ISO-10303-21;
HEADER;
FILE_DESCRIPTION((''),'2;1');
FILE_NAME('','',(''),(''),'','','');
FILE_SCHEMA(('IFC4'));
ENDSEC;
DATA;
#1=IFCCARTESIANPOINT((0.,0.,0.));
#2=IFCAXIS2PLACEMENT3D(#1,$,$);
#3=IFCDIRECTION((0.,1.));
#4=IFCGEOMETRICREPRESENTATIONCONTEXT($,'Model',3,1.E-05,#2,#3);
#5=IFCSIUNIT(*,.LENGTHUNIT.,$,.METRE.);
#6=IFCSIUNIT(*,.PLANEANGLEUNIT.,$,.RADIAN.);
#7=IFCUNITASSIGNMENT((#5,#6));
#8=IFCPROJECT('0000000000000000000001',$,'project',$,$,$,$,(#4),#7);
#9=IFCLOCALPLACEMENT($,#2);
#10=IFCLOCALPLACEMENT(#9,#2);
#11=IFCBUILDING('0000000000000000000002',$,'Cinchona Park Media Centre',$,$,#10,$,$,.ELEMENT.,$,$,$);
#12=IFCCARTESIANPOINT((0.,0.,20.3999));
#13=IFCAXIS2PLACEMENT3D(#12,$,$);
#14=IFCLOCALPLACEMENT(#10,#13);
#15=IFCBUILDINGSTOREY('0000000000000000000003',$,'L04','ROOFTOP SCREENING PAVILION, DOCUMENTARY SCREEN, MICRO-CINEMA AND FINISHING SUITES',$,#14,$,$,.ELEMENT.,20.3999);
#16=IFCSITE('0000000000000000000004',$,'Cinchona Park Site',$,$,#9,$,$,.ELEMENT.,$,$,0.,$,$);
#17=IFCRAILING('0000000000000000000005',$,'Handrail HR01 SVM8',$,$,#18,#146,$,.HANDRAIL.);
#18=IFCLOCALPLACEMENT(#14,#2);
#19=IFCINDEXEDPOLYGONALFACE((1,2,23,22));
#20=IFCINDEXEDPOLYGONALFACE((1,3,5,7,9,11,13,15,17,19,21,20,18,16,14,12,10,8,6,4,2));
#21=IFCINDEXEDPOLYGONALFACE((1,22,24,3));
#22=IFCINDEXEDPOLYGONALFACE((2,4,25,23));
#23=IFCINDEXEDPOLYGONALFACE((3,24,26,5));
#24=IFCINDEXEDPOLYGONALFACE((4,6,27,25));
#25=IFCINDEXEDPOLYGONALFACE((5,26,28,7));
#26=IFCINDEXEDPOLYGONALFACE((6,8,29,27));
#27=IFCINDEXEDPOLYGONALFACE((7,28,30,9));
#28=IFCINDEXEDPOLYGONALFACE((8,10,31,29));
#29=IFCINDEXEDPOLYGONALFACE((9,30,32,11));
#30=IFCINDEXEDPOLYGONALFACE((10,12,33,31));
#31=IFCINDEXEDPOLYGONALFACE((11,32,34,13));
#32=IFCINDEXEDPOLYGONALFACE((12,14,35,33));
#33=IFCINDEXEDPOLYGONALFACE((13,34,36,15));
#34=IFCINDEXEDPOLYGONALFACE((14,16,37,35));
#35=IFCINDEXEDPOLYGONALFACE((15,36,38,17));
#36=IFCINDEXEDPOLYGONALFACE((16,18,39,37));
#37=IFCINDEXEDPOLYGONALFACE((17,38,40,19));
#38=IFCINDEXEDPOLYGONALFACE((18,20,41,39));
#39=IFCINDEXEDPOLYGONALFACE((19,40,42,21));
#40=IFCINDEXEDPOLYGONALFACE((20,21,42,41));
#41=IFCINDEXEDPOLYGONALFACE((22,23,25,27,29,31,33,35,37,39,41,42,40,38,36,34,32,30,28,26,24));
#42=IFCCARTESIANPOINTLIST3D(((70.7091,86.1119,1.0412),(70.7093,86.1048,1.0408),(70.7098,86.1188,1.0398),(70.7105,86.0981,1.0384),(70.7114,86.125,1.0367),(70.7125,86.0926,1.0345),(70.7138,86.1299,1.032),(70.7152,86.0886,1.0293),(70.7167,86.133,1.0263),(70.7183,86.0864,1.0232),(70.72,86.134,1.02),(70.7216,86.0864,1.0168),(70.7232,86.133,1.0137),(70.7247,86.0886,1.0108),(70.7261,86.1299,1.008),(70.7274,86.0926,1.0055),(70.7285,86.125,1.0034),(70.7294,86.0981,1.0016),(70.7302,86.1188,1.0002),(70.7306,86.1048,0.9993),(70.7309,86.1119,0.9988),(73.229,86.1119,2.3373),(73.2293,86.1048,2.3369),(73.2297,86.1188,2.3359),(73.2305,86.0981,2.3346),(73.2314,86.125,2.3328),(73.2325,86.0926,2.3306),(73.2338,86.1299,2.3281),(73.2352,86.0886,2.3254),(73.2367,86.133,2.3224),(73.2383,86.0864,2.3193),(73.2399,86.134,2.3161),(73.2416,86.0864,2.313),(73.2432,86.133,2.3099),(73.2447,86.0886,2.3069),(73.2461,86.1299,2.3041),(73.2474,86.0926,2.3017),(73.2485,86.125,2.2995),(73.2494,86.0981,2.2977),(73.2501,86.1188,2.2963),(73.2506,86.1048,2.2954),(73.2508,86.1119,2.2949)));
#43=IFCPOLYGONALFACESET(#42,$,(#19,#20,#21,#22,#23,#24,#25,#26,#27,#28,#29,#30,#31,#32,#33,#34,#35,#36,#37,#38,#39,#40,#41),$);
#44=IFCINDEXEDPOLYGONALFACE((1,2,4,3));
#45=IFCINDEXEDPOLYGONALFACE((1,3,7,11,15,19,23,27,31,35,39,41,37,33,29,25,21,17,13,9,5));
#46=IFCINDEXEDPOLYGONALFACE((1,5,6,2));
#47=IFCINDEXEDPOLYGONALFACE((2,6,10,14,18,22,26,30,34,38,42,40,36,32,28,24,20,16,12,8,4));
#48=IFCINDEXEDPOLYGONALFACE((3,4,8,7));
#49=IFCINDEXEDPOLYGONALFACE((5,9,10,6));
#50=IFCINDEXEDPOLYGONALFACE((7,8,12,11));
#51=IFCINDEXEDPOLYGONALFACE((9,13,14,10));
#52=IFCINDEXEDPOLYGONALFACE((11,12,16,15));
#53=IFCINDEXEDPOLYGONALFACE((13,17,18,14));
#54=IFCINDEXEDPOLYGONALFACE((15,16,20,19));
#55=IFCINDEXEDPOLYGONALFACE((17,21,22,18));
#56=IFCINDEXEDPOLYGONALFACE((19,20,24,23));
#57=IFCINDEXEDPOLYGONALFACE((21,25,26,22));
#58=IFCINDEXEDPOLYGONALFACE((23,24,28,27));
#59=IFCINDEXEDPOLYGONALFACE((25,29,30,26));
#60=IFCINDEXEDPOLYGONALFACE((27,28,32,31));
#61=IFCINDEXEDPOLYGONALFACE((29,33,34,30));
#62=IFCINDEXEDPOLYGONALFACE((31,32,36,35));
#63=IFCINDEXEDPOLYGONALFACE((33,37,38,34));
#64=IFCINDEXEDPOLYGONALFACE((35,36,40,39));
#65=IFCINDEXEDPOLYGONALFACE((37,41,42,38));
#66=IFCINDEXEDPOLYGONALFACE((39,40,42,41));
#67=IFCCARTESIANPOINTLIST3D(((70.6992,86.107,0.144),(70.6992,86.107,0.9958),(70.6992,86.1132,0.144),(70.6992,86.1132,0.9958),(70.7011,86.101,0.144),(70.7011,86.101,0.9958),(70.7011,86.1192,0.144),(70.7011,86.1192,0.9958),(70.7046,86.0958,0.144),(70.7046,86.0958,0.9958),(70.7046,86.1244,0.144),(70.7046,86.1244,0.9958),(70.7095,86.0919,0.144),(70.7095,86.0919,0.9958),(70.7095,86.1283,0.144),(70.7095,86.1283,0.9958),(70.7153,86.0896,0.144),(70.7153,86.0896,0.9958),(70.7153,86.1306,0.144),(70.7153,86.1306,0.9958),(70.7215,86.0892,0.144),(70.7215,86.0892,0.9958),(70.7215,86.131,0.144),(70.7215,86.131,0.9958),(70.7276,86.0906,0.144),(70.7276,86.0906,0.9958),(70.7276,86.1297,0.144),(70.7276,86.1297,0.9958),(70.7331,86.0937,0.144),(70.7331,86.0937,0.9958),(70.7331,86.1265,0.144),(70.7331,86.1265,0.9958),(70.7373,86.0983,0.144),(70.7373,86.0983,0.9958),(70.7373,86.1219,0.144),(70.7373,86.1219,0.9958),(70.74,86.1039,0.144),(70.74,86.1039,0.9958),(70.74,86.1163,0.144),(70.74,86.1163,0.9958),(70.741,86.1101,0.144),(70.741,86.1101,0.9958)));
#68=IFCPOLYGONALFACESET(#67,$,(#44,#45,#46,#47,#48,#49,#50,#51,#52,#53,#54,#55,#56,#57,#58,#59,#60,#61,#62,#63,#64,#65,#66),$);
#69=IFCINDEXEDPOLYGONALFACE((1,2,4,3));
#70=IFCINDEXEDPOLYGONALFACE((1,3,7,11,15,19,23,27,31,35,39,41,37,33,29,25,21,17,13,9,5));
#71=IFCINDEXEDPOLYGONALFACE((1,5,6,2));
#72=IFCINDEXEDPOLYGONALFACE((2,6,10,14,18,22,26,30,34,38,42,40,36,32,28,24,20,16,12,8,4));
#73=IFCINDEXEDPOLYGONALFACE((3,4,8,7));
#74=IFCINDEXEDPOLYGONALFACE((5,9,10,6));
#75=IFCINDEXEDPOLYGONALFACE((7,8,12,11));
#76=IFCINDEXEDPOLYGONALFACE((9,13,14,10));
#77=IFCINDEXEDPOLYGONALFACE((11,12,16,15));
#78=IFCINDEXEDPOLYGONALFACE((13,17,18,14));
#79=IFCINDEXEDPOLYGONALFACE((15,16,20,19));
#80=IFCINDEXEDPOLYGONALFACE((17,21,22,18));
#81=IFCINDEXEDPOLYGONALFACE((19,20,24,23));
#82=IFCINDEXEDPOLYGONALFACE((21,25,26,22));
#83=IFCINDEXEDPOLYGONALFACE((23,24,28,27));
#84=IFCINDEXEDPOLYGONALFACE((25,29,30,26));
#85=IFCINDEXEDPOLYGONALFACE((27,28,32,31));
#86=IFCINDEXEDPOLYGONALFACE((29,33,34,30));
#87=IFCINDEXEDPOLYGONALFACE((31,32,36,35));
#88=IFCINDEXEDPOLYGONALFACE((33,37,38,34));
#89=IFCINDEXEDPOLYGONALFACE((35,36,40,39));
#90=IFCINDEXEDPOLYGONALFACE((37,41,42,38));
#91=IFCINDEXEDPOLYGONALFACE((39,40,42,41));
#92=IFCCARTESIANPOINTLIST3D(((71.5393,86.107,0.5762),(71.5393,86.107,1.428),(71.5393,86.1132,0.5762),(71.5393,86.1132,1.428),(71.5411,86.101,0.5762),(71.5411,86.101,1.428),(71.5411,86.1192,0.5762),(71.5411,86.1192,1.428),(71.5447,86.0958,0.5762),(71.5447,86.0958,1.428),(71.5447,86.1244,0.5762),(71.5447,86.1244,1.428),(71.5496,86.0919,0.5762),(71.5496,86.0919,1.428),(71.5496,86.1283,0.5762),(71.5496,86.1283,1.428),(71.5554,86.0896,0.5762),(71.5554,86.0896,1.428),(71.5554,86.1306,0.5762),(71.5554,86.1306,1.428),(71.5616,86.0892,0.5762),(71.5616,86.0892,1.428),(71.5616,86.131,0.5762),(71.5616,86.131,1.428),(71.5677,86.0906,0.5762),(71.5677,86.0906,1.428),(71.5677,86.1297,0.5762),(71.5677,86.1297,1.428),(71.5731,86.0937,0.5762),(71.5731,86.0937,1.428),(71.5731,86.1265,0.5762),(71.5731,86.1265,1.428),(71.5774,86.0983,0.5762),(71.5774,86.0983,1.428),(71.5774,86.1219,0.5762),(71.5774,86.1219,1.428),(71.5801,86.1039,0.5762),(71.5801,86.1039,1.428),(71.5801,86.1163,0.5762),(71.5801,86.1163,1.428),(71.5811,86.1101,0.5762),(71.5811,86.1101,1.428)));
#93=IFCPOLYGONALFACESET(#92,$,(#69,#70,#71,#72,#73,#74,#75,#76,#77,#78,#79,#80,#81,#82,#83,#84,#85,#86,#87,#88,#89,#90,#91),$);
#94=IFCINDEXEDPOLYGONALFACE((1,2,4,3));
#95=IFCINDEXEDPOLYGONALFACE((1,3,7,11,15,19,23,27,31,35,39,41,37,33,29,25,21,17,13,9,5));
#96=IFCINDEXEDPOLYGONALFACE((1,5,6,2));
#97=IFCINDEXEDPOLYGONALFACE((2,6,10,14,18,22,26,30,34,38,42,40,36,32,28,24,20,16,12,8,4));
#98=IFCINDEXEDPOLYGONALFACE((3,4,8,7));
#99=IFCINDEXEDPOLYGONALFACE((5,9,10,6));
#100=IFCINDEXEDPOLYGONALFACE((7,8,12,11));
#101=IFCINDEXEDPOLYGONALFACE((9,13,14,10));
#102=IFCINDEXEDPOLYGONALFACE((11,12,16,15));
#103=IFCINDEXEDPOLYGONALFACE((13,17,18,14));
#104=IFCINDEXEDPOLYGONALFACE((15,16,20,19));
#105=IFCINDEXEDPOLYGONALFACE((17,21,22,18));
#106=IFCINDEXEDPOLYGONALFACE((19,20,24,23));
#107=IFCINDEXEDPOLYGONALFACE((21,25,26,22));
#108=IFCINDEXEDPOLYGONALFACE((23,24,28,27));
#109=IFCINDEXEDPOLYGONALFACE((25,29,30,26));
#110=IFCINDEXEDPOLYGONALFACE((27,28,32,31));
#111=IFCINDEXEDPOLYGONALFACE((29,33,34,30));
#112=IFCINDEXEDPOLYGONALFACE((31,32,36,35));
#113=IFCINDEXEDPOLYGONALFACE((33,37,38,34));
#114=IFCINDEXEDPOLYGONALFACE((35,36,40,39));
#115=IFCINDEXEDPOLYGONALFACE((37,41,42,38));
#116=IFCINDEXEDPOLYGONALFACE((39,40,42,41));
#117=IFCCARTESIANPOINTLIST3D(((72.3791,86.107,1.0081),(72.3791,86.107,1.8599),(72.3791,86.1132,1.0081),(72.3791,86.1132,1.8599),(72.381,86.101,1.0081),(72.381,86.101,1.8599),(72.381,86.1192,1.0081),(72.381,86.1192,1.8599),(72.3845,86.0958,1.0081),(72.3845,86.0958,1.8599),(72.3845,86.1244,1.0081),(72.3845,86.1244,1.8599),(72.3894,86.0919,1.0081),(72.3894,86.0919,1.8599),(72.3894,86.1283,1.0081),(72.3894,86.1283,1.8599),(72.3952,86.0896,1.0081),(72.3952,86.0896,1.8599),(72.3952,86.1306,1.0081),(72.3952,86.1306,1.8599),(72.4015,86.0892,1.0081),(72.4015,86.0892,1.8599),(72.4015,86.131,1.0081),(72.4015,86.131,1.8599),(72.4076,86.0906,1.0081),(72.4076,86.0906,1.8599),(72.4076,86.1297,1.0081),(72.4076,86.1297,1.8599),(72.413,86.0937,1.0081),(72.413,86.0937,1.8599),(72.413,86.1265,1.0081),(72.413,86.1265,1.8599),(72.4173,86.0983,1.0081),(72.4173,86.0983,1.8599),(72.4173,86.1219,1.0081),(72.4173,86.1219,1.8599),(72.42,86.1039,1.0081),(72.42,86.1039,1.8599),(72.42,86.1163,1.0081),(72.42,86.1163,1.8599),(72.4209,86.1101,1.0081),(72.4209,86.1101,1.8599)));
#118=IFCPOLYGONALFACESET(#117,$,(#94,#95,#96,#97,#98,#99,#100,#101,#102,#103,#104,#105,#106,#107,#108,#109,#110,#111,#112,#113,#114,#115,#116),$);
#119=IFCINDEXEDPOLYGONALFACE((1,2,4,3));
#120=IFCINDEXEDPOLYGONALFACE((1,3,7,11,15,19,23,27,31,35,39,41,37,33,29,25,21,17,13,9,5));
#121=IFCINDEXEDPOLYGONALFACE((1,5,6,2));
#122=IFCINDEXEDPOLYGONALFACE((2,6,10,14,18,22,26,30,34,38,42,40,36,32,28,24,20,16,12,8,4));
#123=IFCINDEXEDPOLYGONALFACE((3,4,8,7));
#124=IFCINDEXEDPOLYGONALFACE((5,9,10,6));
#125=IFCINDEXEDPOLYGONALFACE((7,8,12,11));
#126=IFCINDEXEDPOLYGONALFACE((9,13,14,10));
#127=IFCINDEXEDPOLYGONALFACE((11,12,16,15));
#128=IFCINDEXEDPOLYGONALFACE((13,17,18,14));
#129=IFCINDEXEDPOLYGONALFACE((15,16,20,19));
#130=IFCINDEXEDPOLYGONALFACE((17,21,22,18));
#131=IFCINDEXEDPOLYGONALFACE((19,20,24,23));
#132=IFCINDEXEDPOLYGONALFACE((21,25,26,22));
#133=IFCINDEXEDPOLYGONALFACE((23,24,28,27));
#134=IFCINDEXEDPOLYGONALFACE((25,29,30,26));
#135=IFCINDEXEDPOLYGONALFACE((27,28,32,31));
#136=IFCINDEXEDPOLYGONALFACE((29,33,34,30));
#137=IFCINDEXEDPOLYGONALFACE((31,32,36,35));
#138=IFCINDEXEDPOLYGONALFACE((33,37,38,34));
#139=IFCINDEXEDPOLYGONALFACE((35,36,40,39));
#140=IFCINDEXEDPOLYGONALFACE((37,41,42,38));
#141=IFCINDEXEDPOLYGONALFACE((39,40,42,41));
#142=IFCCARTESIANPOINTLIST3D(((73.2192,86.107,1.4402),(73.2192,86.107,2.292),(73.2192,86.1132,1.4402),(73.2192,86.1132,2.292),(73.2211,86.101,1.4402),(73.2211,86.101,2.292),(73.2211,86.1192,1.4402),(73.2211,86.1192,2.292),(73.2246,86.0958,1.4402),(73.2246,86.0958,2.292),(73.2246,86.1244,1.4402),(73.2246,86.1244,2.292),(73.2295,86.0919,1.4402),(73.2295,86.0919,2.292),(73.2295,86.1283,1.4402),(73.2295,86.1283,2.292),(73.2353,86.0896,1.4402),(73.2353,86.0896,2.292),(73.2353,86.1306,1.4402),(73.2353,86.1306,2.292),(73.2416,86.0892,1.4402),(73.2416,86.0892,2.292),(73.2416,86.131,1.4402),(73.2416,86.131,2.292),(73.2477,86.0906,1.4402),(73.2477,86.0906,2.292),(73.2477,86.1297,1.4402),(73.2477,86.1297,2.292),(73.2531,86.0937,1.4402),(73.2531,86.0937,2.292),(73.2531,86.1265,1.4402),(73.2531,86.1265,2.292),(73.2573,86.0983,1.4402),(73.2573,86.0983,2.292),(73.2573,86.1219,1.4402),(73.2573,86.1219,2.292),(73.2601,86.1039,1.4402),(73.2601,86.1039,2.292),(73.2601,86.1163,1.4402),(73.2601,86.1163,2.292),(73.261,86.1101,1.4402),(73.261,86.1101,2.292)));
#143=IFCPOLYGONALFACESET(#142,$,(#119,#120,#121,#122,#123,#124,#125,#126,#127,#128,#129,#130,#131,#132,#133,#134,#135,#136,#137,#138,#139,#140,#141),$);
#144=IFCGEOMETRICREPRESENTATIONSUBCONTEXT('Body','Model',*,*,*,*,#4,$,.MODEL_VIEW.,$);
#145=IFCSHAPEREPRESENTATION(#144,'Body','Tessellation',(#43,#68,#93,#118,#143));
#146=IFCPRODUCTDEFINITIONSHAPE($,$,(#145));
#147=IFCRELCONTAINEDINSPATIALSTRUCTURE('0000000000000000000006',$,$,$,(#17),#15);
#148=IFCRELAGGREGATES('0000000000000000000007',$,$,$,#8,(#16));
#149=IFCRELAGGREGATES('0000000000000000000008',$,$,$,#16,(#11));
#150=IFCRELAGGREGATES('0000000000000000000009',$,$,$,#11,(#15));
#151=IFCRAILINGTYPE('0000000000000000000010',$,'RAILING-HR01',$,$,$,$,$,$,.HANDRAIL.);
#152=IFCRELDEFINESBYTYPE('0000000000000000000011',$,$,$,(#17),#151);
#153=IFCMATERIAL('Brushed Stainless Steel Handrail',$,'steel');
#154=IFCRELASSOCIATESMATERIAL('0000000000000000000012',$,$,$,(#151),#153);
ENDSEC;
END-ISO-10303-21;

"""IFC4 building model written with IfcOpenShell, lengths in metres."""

from ifc_helpers import new_model, si_unit, direction, frame, origin, origin_2d, place, context, subcontext, project, spatial, circle, extrude, material, type_object, element, save


model = new_model("IFC4")

# Units and contexts
model_context = context("Model", 3, precision=1e-05, world=origin(), true_north=direction((0.0, 1.0)))
body_context = subcontext(model_context, "Body", "Model", "MODEL_VIEW")
ifc_project = project(units=[si_unit("LENGTHUNIT", "METRE"), si_unit("PLANEANGLEUNIT", "RADIAN")], contexts=[model_context])

# Site, building, storey
site_placement = place(None, origin())
site = spatial("IfcSite", under=ifc_project, at=site_placement, Name="Cinchona Park Site", CompositionType="ELEMENT", RefElevation=0.0)
building_placement = place(site_placement, origin())
building = spatial("IfcBuilding", under=site, at=building_placement, Name="Cinchona Park Media Centre", CompositionType="ELEMENT")
storey_placement = place(building_placement, frame((0.0, 0.0, 20.3999)))
storey = spatial("IfcBuildingStorey", under=building, at=storey_placement, Name="L04", Description="ROOFTOP SCREENING PAVILION, DOCUMENTARY SCREEN, MICRO-CINEMA AND FINISHING SUITES", CompositionType="ELEMENT", Elevation=20.3999)

# Railing
ifc_material_1 = material(Name="Brushed Stainless Steel Handrail", Category="steel")
railing_type_1 = type_object("IfcRailingType", Name="RAILING-HR01", PredefinedType="HANDRAIL", material=ifc_material_1)
railing_1_placement = place(storey_placement, frame((70.72, 86.1101, 0.144)))
element("IfcRailing", 1, at=railing_1_placement, inside=storey, type_object=railing_type_1, Name="Handrail HR01 SVM8", PredefinedType="HANDRAIL", context=body_context, shape_type="SweptSolid", body=[
    extrude(circle(Radius=0.0239, at=origin_2d()), frame((0.0, 0.0, 0.876), z_axis=(0.889269, 0.0, 0.457385), x_axis=(0.0, 1.0, 0.0)), (0.0, 0.0, 1.0), 2.8337),
    extrude(circle(Radius=0.021, at=origin_2d()), origin(), (0.0, 0.0, 1.0), 0.8518),
    extrude(circle(Radius=0.021, at=origin_2d()), frame((0.8401, 0.0, 0.4321)), (0.0, 0.0, 1.0), 0.8518),
    extrude(circle(Radius=0.021, at=origin_2d()), frame((1.6799, 0.0, 0.864)), (0.0, 0.0, 1.0), 0.8518),
    extrude(circle(Radius=0.021, at=origin_2d()), frame((2.52, 0.0, 1.2961)), (0.0, 0.0, 1.0), 0.8518),
])

save(model, "model.ifc")
